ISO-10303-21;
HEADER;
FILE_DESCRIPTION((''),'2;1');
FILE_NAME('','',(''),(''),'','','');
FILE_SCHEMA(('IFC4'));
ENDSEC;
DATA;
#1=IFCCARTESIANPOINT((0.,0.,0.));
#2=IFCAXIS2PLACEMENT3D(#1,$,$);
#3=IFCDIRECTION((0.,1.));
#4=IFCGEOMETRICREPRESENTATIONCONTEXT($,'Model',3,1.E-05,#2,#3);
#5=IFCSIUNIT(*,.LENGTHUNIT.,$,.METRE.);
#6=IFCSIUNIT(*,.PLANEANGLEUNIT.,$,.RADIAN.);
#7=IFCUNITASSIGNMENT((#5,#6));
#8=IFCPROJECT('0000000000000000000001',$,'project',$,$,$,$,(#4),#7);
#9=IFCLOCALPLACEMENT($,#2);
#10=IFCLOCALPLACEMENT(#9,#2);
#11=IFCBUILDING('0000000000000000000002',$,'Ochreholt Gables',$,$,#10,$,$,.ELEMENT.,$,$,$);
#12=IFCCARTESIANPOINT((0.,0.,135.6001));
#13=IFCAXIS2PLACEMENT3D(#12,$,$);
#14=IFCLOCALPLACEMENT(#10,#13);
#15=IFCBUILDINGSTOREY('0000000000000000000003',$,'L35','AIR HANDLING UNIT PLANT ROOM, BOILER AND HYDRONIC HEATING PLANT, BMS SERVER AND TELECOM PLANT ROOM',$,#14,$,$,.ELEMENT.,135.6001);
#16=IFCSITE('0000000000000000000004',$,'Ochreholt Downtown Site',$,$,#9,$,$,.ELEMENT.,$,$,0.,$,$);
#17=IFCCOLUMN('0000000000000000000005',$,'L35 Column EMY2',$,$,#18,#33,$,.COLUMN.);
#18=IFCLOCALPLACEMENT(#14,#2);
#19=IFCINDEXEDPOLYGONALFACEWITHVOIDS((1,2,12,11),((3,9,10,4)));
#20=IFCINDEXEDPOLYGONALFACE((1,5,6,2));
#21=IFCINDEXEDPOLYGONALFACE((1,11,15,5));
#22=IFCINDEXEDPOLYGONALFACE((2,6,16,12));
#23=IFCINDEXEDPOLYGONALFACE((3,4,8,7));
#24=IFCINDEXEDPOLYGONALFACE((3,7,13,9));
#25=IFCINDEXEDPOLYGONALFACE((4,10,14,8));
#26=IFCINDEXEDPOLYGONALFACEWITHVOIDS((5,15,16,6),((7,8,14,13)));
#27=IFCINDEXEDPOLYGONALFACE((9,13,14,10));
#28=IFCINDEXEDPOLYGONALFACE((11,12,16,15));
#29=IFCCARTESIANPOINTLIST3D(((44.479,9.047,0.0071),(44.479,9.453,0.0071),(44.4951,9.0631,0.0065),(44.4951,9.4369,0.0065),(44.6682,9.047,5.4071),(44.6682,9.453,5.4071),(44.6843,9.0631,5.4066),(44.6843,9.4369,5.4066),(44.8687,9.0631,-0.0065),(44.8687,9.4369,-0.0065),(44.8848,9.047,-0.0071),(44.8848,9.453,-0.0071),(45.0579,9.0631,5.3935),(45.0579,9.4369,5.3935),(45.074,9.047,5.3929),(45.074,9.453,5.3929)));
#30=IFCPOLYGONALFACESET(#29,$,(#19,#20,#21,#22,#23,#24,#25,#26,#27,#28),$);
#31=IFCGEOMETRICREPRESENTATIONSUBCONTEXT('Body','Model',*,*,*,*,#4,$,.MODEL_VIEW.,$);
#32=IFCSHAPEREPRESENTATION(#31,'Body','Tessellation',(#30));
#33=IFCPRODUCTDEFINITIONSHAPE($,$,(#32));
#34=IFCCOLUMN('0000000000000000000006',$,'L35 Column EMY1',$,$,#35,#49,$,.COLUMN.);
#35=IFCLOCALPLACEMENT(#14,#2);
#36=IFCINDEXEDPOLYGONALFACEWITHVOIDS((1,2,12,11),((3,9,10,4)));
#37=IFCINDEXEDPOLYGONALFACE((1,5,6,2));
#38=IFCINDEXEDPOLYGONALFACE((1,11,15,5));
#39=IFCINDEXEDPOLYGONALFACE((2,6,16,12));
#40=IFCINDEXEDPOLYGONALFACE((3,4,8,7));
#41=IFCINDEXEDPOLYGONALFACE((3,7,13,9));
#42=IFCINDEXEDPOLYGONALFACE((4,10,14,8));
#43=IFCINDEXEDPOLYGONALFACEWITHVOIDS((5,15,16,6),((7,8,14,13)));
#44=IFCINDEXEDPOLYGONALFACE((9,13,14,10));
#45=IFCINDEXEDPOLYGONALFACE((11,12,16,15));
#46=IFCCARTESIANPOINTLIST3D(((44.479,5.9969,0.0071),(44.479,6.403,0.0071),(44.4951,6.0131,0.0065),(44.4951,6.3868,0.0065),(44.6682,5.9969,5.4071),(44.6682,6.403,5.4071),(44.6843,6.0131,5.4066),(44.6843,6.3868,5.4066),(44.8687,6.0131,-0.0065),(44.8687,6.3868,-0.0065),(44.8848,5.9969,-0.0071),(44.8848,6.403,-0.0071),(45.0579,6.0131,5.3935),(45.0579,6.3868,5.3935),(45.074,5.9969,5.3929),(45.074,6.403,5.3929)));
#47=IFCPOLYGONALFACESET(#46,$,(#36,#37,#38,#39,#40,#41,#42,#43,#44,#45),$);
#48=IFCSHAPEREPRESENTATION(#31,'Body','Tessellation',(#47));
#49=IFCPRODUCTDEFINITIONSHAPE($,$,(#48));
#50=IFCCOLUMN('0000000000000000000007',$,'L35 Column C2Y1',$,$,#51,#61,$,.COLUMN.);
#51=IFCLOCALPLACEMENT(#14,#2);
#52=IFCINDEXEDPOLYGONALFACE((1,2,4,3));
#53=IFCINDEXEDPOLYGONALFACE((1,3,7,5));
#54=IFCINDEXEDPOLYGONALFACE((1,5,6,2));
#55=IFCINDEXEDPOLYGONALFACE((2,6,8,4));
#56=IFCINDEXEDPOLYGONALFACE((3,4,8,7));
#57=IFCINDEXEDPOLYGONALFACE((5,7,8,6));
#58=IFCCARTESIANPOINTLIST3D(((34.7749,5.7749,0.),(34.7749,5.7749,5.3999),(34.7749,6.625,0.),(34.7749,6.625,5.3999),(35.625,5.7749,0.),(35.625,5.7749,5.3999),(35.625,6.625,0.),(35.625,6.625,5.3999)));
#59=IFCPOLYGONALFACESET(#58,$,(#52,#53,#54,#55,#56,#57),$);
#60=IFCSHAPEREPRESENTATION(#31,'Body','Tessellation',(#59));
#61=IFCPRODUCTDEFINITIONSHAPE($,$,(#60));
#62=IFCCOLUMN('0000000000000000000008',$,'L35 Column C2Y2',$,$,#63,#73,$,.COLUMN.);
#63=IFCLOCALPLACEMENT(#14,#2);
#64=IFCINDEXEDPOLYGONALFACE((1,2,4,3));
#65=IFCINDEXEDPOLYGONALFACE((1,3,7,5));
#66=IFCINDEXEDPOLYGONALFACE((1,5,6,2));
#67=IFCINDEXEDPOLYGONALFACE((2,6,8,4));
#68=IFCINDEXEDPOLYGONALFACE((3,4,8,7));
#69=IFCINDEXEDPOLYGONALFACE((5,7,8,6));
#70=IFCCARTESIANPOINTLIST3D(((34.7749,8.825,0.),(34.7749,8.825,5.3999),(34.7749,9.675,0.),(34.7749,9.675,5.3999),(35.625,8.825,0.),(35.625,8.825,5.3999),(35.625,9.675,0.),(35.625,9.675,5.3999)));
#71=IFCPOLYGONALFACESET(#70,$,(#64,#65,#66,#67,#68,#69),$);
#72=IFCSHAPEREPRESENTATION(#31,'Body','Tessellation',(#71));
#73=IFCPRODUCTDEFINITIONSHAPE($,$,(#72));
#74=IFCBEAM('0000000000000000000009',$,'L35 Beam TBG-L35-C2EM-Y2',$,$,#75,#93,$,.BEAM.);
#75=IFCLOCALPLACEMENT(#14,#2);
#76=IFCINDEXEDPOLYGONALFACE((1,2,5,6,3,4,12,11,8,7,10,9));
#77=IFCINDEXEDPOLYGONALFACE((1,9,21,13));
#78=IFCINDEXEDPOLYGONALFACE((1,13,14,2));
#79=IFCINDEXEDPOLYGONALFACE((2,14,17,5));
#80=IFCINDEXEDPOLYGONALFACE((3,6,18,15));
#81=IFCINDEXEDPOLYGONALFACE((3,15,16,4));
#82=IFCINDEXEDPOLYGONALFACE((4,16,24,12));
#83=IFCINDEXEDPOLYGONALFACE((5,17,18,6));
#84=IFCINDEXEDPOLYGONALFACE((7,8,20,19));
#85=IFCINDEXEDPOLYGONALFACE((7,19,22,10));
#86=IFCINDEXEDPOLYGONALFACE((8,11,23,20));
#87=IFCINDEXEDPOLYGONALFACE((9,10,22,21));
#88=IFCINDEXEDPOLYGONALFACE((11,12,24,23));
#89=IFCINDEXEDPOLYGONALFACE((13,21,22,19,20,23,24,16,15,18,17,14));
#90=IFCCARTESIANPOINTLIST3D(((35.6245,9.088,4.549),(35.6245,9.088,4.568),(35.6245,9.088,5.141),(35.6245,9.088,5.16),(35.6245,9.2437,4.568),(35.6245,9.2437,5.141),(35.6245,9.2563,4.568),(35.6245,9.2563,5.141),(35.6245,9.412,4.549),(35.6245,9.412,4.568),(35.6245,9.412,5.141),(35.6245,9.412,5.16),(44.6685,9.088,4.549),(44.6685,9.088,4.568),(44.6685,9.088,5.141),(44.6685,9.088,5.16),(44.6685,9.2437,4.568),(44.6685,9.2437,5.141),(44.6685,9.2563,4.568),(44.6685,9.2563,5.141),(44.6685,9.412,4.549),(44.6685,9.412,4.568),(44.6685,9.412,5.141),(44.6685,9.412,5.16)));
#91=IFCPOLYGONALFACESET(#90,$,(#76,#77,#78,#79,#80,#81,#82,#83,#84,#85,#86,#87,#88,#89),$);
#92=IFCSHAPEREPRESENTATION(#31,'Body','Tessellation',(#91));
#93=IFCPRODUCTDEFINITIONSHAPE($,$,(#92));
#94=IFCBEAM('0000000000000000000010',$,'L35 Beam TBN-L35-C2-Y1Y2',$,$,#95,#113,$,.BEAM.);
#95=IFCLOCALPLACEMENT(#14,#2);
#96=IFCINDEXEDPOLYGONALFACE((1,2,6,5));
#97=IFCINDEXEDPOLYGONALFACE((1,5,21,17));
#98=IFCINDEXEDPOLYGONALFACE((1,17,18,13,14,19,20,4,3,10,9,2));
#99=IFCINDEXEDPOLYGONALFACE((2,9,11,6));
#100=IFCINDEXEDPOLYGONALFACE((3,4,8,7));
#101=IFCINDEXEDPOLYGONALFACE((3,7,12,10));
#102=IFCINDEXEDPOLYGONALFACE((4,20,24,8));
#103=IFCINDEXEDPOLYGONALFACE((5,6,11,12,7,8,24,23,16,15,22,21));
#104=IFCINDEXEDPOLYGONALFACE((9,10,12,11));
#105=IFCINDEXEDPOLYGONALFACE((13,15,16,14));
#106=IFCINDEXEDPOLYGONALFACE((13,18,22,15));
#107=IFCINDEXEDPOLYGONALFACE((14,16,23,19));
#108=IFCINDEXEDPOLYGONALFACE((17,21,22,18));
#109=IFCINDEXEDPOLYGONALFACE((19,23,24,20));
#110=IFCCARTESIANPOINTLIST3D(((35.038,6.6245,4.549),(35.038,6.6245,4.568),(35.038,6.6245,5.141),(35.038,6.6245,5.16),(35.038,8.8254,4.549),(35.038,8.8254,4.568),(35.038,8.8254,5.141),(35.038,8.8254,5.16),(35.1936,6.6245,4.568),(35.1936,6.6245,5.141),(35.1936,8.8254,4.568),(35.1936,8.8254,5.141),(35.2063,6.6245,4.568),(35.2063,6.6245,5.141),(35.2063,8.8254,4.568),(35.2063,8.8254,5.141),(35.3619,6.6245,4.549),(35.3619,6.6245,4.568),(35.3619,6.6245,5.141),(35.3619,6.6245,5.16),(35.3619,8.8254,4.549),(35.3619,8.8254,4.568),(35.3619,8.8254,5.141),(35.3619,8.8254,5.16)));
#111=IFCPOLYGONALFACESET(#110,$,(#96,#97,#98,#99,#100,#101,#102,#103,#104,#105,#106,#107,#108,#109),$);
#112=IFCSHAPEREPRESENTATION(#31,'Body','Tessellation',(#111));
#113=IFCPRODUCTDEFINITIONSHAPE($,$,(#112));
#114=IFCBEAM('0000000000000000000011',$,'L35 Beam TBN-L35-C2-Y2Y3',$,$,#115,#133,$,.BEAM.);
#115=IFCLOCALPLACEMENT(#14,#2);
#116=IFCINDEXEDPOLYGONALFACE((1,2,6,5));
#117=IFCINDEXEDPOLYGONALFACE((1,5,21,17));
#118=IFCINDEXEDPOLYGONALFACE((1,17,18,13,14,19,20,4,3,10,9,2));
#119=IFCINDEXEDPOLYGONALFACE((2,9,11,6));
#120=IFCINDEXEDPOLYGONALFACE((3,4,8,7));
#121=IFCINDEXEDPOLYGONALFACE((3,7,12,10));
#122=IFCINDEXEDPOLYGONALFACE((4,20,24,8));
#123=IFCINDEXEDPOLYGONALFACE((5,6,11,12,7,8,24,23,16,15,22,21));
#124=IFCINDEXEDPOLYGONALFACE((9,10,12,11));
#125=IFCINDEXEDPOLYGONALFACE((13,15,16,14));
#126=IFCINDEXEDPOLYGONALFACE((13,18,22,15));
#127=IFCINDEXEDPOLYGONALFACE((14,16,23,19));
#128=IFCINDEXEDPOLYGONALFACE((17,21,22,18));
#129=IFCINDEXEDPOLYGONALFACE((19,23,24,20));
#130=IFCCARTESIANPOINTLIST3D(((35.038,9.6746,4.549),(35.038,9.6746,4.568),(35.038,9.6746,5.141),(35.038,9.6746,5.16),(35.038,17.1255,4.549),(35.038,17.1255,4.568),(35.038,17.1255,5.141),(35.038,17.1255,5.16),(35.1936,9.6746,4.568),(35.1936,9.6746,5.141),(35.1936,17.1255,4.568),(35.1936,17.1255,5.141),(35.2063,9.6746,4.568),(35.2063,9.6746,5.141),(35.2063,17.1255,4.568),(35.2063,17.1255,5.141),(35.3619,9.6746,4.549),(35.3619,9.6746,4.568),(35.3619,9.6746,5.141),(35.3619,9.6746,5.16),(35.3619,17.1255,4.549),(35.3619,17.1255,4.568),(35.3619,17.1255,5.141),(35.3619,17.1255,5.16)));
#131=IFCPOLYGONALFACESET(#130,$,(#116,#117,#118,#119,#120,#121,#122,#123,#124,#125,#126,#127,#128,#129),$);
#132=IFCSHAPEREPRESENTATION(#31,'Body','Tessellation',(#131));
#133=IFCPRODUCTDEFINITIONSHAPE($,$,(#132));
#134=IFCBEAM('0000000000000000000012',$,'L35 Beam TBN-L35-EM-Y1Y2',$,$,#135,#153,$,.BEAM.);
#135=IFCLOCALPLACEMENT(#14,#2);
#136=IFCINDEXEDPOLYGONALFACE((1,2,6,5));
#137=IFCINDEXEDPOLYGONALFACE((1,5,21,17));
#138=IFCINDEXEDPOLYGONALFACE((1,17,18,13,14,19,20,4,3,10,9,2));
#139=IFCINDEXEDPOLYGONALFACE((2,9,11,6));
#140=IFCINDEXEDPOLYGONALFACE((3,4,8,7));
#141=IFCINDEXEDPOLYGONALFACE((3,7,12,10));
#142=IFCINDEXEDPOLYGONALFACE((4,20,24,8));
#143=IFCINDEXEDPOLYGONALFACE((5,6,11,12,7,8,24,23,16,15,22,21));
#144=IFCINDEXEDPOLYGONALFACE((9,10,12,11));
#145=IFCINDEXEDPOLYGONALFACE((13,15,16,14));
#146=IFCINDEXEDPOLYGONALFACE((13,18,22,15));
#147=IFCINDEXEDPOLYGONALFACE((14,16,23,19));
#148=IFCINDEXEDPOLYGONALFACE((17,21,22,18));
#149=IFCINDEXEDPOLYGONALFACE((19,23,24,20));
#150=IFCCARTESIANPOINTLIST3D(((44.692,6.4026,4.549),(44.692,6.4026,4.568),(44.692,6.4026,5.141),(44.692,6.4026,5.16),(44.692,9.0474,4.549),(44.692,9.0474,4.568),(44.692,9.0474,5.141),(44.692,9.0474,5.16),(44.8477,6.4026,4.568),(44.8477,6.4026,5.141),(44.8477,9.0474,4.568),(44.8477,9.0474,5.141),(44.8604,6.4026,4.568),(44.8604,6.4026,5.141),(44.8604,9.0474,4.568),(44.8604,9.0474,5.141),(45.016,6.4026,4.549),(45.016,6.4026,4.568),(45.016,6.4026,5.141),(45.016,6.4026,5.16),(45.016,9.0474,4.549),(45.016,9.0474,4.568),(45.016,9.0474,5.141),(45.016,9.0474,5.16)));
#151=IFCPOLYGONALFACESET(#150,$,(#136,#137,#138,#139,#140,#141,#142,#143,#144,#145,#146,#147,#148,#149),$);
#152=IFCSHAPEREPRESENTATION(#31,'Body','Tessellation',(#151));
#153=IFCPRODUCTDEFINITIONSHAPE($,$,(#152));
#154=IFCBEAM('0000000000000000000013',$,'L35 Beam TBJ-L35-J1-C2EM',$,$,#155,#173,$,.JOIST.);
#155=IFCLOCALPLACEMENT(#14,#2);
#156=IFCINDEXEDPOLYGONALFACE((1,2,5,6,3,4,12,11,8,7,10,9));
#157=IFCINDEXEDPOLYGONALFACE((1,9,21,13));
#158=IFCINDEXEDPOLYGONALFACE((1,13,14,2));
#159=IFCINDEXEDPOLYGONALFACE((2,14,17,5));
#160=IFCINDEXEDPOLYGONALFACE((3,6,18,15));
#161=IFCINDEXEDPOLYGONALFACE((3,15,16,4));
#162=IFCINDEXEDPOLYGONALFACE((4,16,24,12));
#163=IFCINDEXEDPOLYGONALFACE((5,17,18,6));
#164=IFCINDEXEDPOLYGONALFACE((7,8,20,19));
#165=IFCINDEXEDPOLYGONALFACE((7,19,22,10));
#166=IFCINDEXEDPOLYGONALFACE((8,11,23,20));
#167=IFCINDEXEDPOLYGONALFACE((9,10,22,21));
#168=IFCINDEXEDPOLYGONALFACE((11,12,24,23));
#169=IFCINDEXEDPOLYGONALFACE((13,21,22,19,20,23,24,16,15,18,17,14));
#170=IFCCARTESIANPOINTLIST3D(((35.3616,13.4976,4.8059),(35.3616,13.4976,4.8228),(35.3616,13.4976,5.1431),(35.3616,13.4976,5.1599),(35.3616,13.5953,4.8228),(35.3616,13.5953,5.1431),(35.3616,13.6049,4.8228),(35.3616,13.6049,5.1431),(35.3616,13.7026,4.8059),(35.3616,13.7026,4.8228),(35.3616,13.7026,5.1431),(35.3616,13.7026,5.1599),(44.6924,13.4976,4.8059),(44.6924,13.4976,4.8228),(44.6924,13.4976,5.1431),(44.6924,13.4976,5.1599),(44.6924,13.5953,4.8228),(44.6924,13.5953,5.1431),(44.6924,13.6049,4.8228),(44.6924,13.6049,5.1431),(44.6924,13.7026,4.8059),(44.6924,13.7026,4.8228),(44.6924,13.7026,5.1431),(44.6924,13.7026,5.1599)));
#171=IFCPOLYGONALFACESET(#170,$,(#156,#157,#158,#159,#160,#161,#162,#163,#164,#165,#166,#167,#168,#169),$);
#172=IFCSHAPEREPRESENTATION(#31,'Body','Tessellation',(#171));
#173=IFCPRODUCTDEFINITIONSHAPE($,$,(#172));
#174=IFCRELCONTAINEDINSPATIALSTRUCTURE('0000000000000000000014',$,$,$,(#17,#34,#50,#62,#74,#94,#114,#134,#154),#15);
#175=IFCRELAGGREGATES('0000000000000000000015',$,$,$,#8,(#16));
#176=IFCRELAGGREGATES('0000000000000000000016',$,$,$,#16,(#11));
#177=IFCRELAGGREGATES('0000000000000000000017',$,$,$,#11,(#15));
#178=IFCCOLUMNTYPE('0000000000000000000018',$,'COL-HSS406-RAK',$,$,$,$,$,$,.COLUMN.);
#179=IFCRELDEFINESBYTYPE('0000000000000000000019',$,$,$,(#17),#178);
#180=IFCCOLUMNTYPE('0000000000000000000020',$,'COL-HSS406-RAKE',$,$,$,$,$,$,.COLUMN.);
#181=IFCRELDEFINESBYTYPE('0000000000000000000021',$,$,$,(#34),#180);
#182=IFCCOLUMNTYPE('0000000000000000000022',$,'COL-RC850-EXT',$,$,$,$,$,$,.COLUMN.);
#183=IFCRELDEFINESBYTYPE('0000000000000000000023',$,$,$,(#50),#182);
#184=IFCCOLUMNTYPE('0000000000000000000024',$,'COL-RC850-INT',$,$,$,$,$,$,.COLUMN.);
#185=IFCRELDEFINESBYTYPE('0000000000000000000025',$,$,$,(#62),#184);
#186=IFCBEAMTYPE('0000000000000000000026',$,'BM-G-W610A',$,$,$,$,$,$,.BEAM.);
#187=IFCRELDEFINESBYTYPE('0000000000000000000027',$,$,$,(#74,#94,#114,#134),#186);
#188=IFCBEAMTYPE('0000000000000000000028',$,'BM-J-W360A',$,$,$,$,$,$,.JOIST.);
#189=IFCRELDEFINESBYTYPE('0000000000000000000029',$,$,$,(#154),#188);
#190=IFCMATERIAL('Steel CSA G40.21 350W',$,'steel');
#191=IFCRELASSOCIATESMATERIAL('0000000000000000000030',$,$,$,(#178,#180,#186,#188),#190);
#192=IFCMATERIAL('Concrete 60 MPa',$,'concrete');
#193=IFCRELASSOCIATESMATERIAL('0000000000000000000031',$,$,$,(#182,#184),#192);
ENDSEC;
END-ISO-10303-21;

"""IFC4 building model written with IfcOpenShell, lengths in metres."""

from ifc_helpers import new_model, si_unit, direction, frame, origin, origin_2d, place, context, subcontext, project, spatial, rectangle, hollow_rectangle, i_section, extrude, material, material_profile, profile_set, type_object, element, save


model = new_model("IFC4")

# Units and contexts
model_context = context("Model", 3, precision=1e-05, world=origin(), true_north=direction((0.0, 1.0)))
body_context = subcontext(model_context, "Body", "Model", "MODEL_VIEW")
ifc_project = project(units=[si_unit("LENGTHUNIT", "METRE"), si_unit("PLANEANGLEUNIT", "RADIAN")], contexts=[model_context])

# Site, building, storey
site_placement = place(None, origin())
site = spatial("IfcSite", under=ifc_project, at=site_placement, Name="Ochreholt Downtown Site", CompositionType="ELEMENT", RefElevation=0.0)
building_placement = place(site_placement, origin())
building = spatial("IfcBuilding", under=site, at=building_placement, Name="Ochreholt Gables", CompositionType="ELEMENT")
storey_placement = place(building_placement, frame((0.0, 0.0, 135.6001)))
storey = spatial("IfcBuildingStorey", under=building, at=storey_placement, Name="L35", Description="AIR HANDLING UNIT PLANT ROOM, BOILER AND HYDRONIC HEATING PLANT, BMS SERVER AND TELECOM PLANT ROOM", CompositionType="ELEMENT", Elevation=135.6001)

# Columns
ifc_material_1 = material(Name="Steel CSA G40.21 350W", Category="steel")
ifc_material_profile_1 = material_profile(ifc_material_1, hollow_rectangle(XDim=0.406, YDim=0.406, WallThickness=0.0161, at=origin_2d()), Name="HSS406X406X16")
ifc_profile_set_1 = profile_set([ifc_material_profile_1], Name="Steel CSA G40.21 350W")
column_type_1 = type_object("IfcColumnType", Name="COL-HSS406-RAK", PredefinedType="COLUMN", material=ifc_profile_set_1)
column_1_placement = place(storey_placement, frame((44.6819, 9.25, 0.0), z_axis=(0.035018, 0.0, 0.999387), x_axis=(0.0, 1.0, 0.0)))
element("IfcColumn", 1, at=column_1_placement, inside=storey, type_object=column_type_1, Name="L35 Column EMY2", PredefinedType="COLUMN", context=body_context, shape_type="SweptSolid", body=[
    extrude(hollow_rectangle(XDim=0.406, YDim=0.406, WallThickness=0.0161, at=origin_2d()), origin(), (0.0, 0.0, 1.0), 5.4033),
])
ifc_material_profile_2 = material_profile(ifc_material_1, hollow_rectangle(XDim=0.406, YDim=0.406, WallThickness=0.0161, at=origin_2d()), Name="HSS406X406X16")
ifc_profile_set_2 = profile_set([ifc_material_profile_2], Name="Steel CSA G40.21 350W")
column_type_2 = type_object("IfcColumnType", Name="COL-HSS406-RAKE", PredefinedType="COLUMN", material=ifc_profile_set_2)
column_2_placement = place(storey_placement, frame((44.6819, 6.2, 0.0), z_axis=(0.035018, 0.0, 0.999387), x_axis=(0.0, 1.0, 0.0)))
element("IfcColumn", 2, at=column_2_placement, inside=storey, type_object=column_type_2, Name="L35 Column EMY1", PredefinedType="COLUMN", context=body_context, shape_type="SweptSolid", body=[
    extrude(hollow_rectangle(XDim=0.406, YDim=0.406, WallThickness=0.0161, at=origin_2d()), origin(), (0.0, 0.0, 1.0), 5.4033),
])
ifc_material_2 = material(Name="Concrete 60 MPa", Category="concrete")
ifc_material_profile_3 = material_profile(ifc_material_2, rectangle(XDim=0.8501, YDim=0.8501, at=origin_2d()), Name="RC850X850")
ifc_profile_set_3 = profile_set([ifc_material_profile_3], Name="Concrete 60 MPa")
column_type_3 = type_object("IfcColumnType", Name="COL-RC850-EXT", PredefinedType="COLUMN", material=ifc_profile_set_3)
column_3_placement = place(storey_placement, frame((35.2, 6.2, 0.0), z_axis=(0.0, 0.0, 1.0), x_axis=(1.0, 0.0, 0.0)))
element("IfcColumn", 3, at=column_3_placement, inside=storey, type_object=column_type_3, Name="L35 Column C2Y1", PredefinedType="COLUMN", context=body_context, shape_type="SweptSolid", body=[
    extrude(rectangle(XDim=0.8501, YDim=0.8501, at=origin_2d()), origin(), (0.0, 0.0, 1.0), 5.3999),
])
ifc_material_profile_4 = material_profile(ifc_material_2, rectangle(XDim=0.8501, YDim=0.8501, at=origin_2d()), Name="RC850X850")
ifc_profile_set_4 = profile_set([ifc_material_profile_4], Name="Concrete 60 MPa")
column_type_4 = type_object("IfcColumnType", Name="COL-RC850-INT", PredefinedType="COLUMN", material=ifc_profile_set_4)
column_4_placement = place(storey_placement, frame((35.2, 9.25, 0.0), z_axis=(0.0, 0.0, 1.0), x_axis=(1.0, 0.0, 0.0)))
element("IfcColumn", 4, at=column_4_placement, inside=storey, type_object=column_type_4, Name="L35 Column C2Y2", PredefinedType="COLUMN", context=body_context, shape_type="SweptSolid", body=[
    extrude(rectangle(XDim=0.8501, YDim=0.8501, at=origin_2d()), origin(), (0.0, 0.0, 1.0), 5.3999),
])

# Beams
ifc_material_profile_5 = material_profile(ifc_material_1, i_section(OverallWidth=0.324, OverallDepth=0.6111, WebThickness=0.0127, FlangeThickness=0.019, at=origin_2d()), Name="W610X155")
ifc_profile_set_5 = profile_set([ifc_material_profile_5], Name="Steel CSA G40.21 350W")
beam_type_1 = type_object("IfcBeamType", Name="BM-G-W610A", PredefinedType="BEAM", material=ifc_profile_set_5)
beam_1_placement = place(storey_placement, frame((35.6245, 9.25, 4.8545), z_axis=(1.0, 0.0, 0.0), x_axis=(0.0, 1.0, 0.0)))
element("IfcBeam", 5, at=beam_1_placement, inside=storey, type_object=beam_type_1, Name="L35 Beam TBG-L35-C2EM-Y2", PredefinedType="BEAM", context=body_context, shape_type="SweptSolid", body=[
    extrude(i_section(OverallWidth=0.324, OverallDepth=0.6111, WebThickness=0.0127, FlangeThickness=0.019, at=origin_2d()), origin(), (0.0, 0.0, 1.0), 9.0439),
])
beam_2_placement = place(storey_placement, frame((35.2, 6.6245, 4.8545), z_axis=(0.0, 1.0, 0.0), x_axis=(-1.0, 0.0, 0.0)))
element("IfcBeam", 6, at=beam_2_placement, inside=storey, type_object=beam_type_1, Name="L35 Beam TBN-L35-C2-Y1Y2", PredefinedType="BEAM", context=body_context, shape_type="SweptSolid", body=[
    extrude(i_section(OverallWidth=0.324, OverallDepth=0.6111, WebThickness=0.0127, FlangeThickness=0.019, at=origin_2d()), origin(), (0.0, 0.0, 1.0), 2.2009),
])
beam_3_placement = place(storey_placement, frame((35.2, 9.6746, 4.8545), z_axis=(0.0, 1.0, 0.0), x_axis=(-1.0, 0.0, 0.0)))
element("IfcBeam", 7, at=beam_3_placement, inside=storey, type_object=beam_type_1, Name="L35 Beam TBN-L35-C2-Y2Y3", PredefinedType="BEAM", context=body_context, shape_type="SweptSolid", body=[
    extrude(i_section(OverallWidth=0.324, OverallDepth=0.6111, WebThickness=0.0127, FlangeThickness=0.019, at=origin_2d()), origin(), (0.0, 0.0, 1.0), 7.4509),
])
beam_4_placement = place(storey_placement, frame((44.854, 6.4026, 4.8545), z_axis=(0.0, 1.0, 0.0), x_axis=(-1.0, 0.0, 0.0)))
element("IfcBeam", 8, at=beam_4_placement, inside=storey, type_object=beam_type_1, Name="L35 Beam TBN-L35-EM-Y1Y2", PredefinedType="BEAM", context=body_context, shape_type="SweptSolid", body=[
    extrude(i_section(OverallWidth=0.324, OverallDepth=0.6111, WebThickness=0.0127, FlangeThickness=0.019, at=origin_2d()), origin(), (0.0, 0.0, 1.0), 2.6448),
])
ifc_material_profile_6 = material_profile(ifc_material_1, i_section(OverallWidth=0.2051, OverallDepth=0.354, WebThickness=0.0095, FlangeThickness=0.0168, at=origin_2d()), Name="W360X79")
ifc_profile_set_6 = profile_set([ifc_material_profile_6], Name="Steel CSA G40.21 350W")
beam_type_2 = type_object("IfcBeamType", Name="BM-J-W360A", PredefinedType="JOIST", material=ifc_profile_set_6)
beam_5_placement = place(storey_placement, frame((35.3616, 13.6001, 4.9829), z_axis=(1.0, 0.0, 0.0), x_axis=(0.0, 1.0, 0.0)))
element("IfcBeam", 9, at=beam_5_placement, inside=storey, type_object=beam_type_2, Name="L35 Beam TBJ-L35-J1-C2EM", PredefinedType="JOIST", context=body_context, shape_type="SweptSolid", body=[
    extrude(i_section(OverallWidth=0.2051, OverallDepth=0.354, WebThickness=0.0095, FlangeThickness=0.0168, at=origin_2d()), origin(), (0.0, 0.0, 1.0), 9.3308),
])

save(model, "model.ifc")
